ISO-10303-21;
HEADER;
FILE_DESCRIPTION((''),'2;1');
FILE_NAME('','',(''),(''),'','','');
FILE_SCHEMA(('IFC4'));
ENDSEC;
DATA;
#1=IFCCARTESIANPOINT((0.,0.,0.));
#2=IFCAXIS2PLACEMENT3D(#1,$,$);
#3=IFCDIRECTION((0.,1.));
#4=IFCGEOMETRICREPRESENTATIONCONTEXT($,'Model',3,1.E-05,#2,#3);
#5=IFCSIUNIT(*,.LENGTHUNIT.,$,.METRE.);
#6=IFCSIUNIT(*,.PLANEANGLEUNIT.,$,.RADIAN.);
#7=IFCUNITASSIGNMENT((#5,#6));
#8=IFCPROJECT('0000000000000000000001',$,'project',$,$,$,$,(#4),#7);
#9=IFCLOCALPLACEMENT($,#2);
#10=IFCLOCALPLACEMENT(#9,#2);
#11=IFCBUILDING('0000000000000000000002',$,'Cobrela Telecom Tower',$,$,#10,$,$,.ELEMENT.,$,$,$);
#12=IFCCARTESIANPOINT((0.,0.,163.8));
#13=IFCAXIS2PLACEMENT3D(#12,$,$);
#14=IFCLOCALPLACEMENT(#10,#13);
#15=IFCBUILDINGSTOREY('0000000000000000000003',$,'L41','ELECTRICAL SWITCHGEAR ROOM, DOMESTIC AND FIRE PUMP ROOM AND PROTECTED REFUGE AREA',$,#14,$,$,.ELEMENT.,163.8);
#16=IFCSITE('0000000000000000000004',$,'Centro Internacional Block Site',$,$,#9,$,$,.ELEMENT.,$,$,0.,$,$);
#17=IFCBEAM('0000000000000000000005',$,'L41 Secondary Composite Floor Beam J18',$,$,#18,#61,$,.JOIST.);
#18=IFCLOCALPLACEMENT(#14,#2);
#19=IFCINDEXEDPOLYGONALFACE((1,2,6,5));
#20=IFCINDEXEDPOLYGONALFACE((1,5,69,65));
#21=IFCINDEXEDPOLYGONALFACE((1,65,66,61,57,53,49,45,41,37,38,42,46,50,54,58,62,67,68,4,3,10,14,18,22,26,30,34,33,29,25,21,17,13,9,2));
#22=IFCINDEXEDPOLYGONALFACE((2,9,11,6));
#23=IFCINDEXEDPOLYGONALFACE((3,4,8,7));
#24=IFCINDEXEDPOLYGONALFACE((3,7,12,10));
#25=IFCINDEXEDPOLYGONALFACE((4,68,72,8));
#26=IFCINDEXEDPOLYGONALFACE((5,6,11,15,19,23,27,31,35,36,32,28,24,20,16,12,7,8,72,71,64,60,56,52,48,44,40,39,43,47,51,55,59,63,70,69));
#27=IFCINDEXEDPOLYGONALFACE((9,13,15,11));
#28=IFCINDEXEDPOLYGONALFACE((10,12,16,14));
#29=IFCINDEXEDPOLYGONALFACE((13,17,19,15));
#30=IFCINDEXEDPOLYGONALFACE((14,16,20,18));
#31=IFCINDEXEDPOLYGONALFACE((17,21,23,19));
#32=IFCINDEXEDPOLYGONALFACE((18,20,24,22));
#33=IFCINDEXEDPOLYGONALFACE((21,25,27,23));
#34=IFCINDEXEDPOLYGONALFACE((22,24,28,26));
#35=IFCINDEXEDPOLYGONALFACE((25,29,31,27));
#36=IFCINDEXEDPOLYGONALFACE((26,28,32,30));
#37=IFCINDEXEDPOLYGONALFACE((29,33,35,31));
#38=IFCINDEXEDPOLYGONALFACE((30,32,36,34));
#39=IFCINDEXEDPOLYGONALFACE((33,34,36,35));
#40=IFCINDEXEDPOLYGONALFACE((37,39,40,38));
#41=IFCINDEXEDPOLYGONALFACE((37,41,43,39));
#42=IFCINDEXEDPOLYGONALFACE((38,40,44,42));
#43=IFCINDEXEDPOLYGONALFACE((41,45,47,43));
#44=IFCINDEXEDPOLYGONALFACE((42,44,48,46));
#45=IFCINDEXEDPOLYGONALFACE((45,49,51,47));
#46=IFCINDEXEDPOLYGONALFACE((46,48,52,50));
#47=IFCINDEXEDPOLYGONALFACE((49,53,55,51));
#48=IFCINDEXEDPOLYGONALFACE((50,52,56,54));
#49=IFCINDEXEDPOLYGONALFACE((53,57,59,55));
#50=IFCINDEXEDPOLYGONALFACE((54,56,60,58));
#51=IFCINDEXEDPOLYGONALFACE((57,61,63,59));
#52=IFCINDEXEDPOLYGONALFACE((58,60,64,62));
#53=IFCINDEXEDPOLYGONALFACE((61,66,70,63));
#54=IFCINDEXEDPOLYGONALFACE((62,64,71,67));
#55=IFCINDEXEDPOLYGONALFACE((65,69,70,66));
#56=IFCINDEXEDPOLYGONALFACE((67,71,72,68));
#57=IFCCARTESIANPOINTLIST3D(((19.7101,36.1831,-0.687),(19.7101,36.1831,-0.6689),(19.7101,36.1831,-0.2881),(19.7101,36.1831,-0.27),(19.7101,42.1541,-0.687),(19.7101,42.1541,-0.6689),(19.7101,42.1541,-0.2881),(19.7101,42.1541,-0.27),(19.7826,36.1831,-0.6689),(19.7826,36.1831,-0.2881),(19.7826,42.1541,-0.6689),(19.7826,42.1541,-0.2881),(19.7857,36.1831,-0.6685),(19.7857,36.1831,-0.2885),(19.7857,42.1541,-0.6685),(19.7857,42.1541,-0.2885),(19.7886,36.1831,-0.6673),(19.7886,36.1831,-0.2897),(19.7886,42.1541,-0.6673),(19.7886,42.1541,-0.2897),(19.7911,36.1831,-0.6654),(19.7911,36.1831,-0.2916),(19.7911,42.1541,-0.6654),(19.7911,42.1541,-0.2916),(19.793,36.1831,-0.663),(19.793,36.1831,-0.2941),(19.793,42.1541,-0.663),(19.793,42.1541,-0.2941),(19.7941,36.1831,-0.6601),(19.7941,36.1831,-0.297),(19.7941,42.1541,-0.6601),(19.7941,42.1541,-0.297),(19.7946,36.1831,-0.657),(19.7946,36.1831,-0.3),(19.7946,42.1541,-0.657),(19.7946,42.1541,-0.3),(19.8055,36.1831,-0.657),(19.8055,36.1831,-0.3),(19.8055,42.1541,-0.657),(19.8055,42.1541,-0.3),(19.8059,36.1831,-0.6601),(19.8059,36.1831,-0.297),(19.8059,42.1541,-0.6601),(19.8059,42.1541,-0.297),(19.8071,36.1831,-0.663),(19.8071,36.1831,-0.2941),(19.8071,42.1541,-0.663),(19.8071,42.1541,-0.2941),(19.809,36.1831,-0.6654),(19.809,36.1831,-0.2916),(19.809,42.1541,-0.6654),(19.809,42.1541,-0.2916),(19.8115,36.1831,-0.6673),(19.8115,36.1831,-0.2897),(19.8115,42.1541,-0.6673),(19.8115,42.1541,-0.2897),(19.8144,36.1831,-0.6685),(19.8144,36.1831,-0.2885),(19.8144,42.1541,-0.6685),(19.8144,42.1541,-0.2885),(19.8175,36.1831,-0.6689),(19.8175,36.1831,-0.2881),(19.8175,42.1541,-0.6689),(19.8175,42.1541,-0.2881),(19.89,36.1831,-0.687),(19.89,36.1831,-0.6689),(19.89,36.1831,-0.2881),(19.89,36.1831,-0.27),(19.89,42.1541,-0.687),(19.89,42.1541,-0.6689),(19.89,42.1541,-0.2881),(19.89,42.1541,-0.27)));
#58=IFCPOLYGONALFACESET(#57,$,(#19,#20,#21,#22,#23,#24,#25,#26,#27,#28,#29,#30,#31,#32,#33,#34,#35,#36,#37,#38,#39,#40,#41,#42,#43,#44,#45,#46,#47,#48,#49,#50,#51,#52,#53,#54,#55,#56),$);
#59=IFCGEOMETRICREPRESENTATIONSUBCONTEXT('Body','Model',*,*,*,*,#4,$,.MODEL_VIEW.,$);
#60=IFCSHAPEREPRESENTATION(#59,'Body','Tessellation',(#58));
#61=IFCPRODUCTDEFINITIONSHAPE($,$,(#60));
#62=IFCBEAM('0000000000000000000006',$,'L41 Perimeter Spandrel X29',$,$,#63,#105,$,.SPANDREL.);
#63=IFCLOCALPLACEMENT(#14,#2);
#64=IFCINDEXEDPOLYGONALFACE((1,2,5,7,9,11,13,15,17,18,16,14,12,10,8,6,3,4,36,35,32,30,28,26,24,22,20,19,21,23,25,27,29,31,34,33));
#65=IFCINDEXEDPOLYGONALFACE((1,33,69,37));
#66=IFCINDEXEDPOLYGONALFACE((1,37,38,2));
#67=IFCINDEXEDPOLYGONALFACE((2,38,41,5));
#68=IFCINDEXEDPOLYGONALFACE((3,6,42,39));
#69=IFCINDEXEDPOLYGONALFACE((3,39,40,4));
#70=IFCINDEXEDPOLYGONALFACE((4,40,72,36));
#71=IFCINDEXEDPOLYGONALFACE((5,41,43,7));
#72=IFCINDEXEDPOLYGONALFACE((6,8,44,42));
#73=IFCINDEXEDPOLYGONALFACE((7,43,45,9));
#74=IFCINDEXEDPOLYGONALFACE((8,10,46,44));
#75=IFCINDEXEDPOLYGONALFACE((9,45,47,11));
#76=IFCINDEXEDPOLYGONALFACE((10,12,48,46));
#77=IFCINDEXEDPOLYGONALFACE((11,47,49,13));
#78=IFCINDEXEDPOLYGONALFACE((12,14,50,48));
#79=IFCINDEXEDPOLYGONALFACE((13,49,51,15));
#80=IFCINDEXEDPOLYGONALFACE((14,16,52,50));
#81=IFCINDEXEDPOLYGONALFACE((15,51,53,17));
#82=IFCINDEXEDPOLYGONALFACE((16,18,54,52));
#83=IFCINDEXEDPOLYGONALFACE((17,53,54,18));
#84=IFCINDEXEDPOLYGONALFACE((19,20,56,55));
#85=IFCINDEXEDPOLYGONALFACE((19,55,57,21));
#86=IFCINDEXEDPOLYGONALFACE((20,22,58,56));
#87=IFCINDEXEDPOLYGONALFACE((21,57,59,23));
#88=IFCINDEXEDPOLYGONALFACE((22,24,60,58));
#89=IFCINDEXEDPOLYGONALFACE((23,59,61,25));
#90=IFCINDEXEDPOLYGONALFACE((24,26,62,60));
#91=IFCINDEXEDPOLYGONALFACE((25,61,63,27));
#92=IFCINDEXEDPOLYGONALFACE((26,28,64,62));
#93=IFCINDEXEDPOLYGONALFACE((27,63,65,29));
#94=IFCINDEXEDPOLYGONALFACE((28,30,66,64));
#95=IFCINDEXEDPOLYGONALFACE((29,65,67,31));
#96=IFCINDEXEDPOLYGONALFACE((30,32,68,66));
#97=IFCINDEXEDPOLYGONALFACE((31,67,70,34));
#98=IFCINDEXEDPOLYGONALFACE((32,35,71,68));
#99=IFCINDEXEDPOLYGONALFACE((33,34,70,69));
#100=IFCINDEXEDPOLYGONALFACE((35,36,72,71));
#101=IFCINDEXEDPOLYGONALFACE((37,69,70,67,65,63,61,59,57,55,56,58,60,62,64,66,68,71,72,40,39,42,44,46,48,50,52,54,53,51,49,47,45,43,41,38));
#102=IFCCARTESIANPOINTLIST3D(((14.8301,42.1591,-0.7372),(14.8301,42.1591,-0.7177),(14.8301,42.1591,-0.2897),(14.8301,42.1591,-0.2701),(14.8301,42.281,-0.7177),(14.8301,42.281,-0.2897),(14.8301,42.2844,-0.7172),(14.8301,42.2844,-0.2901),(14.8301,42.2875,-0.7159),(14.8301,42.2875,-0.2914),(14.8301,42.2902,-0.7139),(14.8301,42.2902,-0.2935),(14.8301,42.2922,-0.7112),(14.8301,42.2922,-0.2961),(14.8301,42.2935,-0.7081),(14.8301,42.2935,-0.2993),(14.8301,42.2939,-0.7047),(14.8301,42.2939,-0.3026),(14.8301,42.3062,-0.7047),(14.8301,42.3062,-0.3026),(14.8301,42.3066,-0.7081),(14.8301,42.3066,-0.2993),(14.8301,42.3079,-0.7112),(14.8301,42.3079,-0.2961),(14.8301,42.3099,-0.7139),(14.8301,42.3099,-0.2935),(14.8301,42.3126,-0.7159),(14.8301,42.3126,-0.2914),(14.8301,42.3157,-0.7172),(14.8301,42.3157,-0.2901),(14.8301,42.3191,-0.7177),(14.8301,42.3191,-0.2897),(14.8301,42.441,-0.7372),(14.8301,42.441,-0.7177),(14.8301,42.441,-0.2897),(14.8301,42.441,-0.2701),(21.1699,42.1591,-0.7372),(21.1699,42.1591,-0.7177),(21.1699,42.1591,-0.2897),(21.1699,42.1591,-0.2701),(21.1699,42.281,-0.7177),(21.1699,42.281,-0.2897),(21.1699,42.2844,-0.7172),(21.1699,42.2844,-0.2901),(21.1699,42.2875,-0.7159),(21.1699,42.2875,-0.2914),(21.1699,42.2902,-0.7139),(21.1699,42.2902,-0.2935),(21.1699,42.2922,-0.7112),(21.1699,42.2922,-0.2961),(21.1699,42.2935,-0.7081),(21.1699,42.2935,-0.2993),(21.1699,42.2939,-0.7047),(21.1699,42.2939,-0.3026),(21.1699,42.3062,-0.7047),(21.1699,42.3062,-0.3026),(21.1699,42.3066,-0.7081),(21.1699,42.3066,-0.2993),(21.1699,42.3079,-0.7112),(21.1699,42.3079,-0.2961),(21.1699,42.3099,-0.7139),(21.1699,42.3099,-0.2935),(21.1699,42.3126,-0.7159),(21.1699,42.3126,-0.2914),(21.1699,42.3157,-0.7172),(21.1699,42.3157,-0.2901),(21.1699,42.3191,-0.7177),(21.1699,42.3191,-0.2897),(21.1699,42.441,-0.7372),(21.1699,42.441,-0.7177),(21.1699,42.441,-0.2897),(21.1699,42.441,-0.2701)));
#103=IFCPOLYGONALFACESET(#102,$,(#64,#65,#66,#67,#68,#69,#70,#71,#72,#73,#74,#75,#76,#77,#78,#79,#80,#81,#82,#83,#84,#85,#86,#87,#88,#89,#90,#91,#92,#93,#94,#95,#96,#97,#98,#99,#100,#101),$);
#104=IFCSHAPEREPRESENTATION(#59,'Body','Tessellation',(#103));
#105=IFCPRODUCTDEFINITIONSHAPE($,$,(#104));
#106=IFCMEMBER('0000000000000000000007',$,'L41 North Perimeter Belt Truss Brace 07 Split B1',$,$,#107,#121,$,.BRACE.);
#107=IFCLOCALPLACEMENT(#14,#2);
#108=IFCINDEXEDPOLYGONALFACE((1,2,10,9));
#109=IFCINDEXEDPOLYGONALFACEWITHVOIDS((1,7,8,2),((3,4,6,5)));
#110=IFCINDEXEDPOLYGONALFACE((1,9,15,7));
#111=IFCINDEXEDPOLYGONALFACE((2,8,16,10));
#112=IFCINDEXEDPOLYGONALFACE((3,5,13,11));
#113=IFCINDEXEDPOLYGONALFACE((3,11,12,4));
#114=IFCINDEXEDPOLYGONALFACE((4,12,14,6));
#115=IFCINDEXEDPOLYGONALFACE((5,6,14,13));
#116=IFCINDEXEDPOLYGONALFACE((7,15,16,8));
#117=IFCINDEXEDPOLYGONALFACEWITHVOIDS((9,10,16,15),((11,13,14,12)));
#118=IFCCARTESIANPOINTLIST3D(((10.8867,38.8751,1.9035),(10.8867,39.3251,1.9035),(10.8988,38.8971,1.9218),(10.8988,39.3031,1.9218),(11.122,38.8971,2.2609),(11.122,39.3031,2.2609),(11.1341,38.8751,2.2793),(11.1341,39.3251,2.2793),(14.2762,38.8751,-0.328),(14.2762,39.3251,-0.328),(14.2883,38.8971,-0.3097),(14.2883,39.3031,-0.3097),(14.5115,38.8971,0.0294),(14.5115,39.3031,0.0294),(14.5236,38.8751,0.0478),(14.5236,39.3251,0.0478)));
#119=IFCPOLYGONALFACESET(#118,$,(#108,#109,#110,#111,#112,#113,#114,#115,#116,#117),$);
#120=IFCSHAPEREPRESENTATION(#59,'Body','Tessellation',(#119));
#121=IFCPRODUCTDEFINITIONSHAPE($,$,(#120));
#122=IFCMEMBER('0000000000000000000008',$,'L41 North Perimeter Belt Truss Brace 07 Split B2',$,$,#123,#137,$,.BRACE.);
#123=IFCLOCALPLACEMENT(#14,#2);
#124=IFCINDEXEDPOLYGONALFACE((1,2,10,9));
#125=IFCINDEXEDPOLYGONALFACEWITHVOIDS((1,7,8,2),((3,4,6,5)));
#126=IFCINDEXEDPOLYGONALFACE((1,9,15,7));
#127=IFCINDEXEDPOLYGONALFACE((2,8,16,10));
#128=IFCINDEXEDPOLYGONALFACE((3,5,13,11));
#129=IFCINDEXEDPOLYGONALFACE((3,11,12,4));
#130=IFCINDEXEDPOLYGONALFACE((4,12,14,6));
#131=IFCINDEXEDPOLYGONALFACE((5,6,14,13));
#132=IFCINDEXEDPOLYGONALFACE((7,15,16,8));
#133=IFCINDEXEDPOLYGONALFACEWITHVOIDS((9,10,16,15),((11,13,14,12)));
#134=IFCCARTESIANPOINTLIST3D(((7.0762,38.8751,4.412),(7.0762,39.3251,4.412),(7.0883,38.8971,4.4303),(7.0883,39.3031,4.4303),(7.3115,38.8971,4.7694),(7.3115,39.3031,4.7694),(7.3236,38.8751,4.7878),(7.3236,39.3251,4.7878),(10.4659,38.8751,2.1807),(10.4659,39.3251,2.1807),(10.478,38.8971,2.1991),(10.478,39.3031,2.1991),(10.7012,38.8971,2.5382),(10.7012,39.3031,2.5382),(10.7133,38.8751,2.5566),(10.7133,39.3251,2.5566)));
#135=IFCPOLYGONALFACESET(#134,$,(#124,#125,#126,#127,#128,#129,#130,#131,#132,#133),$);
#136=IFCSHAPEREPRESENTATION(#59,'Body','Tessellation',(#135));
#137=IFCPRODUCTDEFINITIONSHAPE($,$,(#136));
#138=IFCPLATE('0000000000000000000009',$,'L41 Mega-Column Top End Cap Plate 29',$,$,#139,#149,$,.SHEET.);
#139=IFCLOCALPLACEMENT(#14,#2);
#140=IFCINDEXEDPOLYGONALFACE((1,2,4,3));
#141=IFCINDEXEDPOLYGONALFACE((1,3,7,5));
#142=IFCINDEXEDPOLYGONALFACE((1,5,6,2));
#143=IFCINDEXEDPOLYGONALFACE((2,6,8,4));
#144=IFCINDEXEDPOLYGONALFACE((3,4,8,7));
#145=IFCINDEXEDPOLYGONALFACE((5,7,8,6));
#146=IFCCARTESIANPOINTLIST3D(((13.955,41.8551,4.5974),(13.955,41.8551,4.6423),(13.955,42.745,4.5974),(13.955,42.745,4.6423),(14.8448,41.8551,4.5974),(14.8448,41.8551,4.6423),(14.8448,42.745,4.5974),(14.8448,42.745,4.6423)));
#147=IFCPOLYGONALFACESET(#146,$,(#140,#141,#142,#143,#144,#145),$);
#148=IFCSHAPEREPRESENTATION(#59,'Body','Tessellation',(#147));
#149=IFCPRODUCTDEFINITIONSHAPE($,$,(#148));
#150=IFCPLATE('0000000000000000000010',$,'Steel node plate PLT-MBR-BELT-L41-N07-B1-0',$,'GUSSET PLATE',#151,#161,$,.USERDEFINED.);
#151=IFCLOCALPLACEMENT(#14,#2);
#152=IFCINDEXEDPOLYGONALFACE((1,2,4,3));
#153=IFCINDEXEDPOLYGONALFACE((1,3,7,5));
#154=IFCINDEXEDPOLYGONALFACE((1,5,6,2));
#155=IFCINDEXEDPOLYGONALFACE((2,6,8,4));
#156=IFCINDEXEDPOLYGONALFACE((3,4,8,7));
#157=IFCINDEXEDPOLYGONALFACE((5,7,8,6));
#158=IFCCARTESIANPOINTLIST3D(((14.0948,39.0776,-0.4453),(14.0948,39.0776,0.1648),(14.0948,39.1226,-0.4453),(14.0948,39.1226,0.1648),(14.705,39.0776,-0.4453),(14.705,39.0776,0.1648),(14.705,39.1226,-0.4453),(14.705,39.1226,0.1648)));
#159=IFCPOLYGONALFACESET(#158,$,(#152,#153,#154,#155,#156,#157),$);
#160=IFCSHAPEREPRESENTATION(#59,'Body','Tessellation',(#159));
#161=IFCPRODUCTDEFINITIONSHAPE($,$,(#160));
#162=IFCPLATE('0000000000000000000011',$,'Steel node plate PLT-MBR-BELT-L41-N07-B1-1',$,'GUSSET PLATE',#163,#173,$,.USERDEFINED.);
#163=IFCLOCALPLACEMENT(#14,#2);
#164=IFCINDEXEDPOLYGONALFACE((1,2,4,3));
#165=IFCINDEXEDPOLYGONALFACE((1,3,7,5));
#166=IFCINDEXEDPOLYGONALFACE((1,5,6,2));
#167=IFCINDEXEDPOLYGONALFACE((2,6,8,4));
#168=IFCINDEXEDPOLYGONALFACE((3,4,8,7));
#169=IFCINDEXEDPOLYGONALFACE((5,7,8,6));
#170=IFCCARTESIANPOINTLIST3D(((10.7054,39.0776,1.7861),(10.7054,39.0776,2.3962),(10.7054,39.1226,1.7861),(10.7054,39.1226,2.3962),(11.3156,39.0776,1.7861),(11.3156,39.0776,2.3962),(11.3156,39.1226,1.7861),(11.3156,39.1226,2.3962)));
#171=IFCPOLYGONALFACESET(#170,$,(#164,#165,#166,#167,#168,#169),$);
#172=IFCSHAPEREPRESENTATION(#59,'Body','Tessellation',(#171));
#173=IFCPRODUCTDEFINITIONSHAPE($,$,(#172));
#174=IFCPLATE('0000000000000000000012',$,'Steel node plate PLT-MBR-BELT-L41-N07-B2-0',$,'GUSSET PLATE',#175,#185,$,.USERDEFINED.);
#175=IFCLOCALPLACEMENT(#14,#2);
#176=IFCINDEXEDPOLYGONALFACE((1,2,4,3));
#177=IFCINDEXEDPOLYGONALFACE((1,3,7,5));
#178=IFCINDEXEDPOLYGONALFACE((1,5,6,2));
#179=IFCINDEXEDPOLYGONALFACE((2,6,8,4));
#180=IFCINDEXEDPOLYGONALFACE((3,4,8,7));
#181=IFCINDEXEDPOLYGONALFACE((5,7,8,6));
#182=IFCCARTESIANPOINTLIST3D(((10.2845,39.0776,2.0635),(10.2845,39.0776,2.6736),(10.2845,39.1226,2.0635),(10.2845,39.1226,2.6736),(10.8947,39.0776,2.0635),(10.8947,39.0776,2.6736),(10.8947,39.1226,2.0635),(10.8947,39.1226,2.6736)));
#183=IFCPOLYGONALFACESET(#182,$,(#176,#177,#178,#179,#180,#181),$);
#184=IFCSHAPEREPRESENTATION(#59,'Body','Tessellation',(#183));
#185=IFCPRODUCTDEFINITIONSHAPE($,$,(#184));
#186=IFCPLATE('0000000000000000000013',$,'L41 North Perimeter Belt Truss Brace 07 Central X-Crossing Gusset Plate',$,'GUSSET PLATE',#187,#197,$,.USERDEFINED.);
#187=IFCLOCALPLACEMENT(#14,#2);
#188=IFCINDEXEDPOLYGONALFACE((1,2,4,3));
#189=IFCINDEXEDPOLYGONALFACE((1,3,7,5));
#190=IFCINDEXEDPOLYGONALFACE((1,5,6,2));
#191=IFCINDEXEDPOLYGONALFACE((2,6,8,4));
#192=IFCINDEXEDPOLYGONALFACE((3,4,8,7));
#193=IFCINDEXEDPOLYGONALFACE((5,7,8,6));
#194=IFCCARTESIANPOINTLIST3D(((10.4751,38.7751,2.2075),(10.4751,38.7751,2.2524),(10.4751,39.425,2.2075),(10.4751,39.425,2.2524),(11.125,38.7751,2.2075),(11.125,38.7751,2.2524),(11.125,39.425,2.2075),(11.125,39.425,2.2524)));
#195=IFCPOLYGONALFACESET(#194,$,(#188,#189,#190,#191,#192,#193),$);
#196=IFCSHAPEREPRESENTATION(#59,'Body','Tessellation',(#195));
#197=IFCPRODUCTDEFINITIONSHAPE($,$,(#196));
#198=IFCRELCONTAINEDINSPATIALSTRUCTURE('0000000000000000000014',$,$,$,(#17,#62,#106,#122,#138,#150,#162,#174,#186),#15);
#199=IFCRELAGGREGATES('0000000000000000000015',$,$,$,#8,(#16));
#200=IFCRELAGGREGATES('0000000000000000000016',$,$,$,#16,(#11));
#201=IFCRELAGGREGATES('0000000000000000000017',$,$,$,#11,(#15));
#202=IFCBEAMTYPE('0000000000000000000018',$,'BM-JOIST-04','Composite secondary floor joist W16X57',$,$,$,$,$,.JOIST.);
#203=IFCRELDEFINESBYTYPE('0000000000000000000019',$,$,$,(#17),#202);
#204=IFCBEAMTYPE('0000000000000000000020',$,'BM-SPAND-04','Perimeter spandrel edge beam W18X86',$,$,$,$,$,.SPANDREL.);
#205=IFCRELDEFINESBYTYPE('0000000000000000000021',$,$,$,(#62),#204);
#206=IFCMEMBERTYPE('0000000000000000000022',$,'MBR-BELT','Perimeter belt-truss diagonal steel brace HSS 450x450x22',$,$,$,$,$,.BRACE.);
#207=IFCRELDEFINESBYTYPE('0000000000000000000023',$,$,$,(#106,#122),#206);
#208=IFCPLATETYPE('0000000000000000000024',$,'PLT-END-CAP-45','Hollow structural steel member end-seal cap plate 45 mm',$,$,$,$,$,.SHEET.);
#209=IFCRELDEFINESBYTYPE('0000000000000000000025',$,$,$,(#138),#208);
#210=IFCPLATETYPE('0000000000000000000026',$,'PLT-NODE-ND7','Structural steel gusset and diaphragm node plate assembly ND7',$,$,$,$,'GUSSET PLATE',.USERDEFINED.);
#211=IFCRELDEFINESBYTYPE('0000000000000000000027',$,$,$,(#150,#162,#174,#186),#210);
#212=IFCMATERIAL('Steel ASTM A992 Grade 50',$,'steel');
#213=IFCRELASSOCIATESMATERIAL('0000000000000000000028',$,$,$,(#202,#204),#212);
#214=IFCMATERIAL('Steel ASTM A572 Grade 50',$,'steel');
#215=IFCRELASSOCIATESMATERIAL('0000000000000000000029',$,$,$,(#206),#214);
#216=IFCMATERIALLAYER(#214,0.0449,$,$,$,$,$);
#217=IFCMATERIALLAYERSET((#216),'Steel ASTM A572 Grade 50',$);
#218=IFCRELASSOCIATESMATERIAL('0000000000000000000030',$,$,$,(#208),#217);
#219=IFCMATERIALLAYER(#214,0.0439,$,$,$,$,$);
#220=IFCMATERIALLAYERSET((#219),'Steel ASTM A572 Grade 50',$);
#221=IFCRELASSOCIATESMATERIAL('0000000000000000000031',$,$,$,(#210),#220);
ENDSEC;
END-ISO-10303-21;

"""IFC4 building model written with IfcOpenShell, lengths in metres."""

from ifc_helpers import new_model, si_unit, direction, frame, origin, origin_2d, place, context, subcontext, project, spatial, rectangle, hollow_rectangle, i_section, extrude, material, layer, layer_set, material_profile, profile_set, type_object, element, save


model = new_model("IFC4")

# Units and contexts
model_context = context("Model", 3, precision=1e-05, world=origin(), true_north=direction((0.0, 1.0)))
body_context = subcontext(model_context, "Body", "Model", "MODEL_VIEW")
ifc_project = project(units=[si_unit("LENGTHUNIT", "METRE"), si_unit("PLANEANGLEUNIT", "RADIAN")], contexts=[model_context])

# Site, building, storey
site_placement = place(None, origin())
site = spatial("IfcSite", under=ifc_project, at=site_placement, Name="Centro Internacional Block Site", CompositionType="ELEMENT", RefElevation=0.0)
building_placement = place(site_placement, origin())
building = spatial("IfcBuilding", under=site, at=building_placement, Name="Cobrela Telecom Tower", CompositionType="ELEMENT")
storey_placement = place(building_placement, frame((0.0, 0.0, 163.8)))
storey = spatial("IfcBuildingStorey", under=building, at=storey_placement, Name="L41", Description="ELECTRICAL SWITCHGEAR ROOM, DOMESTIC AND FIRE PUMP ROOM AND PROTECTED REFUGE AREA", CompositionType="ELEMENT", Elevation=163.8)

# Shared definitions
ifc_material_1 = material(Name="Steel ASTM A572 Grade 50", Category="steel")

# Beams
ifc_material_2 = material(Name="Steel ASTM A992 Grade 50", Category="steel")
ifc_material_profile_1 = material_profile(ifc_material_2, i_section(OverallWidth=0.1799, OverallDepth=0.417, WebThickness=0.011, FlangeThickness=0.0181, FilletRadius=0.012, at=origin_2d()), Name="W16X57")
ifc_profile_set_1 = profile_set([ifc_material_profile_1], Name="Steel ASTM A992 Grade 50")
beam_type_1 = type_object("IfcBeamType", Name="BM-JOIST-04", Description="Composite secondary floor joist W16X57", PredefinedType="JOIST", material=ifc_profile_set_1)
for number, where, z_axis, x_axis, name in (
    (1, (19.8, 36.1831, -0.4785), (0.0, 1.0, 0.0), (-1.0, 0.0, 0.0), "L41 Secondary Composite Floor Beam J18"),
):
    element("IfcBeam", number, at=place(storey_placement, frame(where, z_axis=z_axis, x_axis=x_axis)), inside=storey, type_object=beam_type_1, Name=name, PredefinedType="JOIST", context=body_context, shape_type="SweptSolid", body=[
        extrude(i_section(OverallWidth=0.1799, OverallDepth=0.417, WebThickness=0.011, FlangeThickness=0.0181, FilletRadius=0.012, at=origin_2d()), origin(), (0.0, 0.0, 1.0), 5.9709),
    ])
ifc_material_profile_2 = material_profile(ifc_material_2, i_section(OverallWidth=0.282, OverallDepth=0.467, WebThickness=0.0122, FlangeThickness=0.0195, FilletRadius=0.0129, at=origin_2d()), Name="W18X86")
ifc_profile_set_2 = profile_set([ifc_material_profile_2], Name="Steel ASTM A992 Grade 50")
beam_type_2 = type_object("IfcBeamType", Name="BM-SPAND-04", Description="Perimeter spandrel edge beam W18X86", PredefinedType="SPANDREL", material=ifc_profile_set_2)
beam_1_placement = place(storey_placement, frame((14.8301, 42.3, -0.5037), z_axis=(1.0, 0.0, 0.0), x_axis=(0.0, 1.0, 0.0)))
element("IfcBeam", 2, at=beam_1_placement, inside=storey, type_object=beam_type_2, Name="L41 Perimeter Spandrel X29", PredefinedType="SPANDREL", context=body_context, shape_type="SweptSolid", body=[
    extrude(i_section(OverallWidth=0.282, OverallDepth=0.467, WebThickness=0.0122, FlangeThickness=0.0195, FilletRadius=0.0129, at=origin_2d()), origin(), (0.0, 0.0, 1.0), 6.3398),
])

# Members
ifc_material_profile_3 = material_profile(ifc_material_1, hollow_rectangle(XDim=0.45, YDim=0.45, WallThickness=0.022, at=origin_2d()), Name="HSS 450x450x22")
ifc_profile_set_3 = profile_set([ifc_material_profile_3], Name="Steel ASTM A572 Grade 50")
member_type = type_object("IfcMemberType", Name="MBR-BELT", Description="Perimeter belt-truss diagonal steel brace HSS 450x450x22", PredefinedType="BRACE", material=ifc_profile_set_3)
for number, where, z_axis, x_axis, name in (
    (3, (14.3999, 39.1001, -0.1401), (-0.835239, 0.0, 0.549887), (0.0, -1.0, 0.0), "L41 North Perimeter Belt Truss Brace 07 Split B1"),
    (4, (10.5896, 39.1001, 2.3687), (-0.835285, 0.0, 0.549818), (0.0, -1.0, 0.0), "L41 North Perimeter Belt Truss Brace 07 Split B2"),
):
    element("IfcMember", number, at=place(storey_placement, frame(where, z_axis=z_axis, x_axis=x_axis)), inside=storey, type_object=member_type, Name=name, PredefinedType="BRACE", context=body_context, shape_type="SweptSolid", body=[
        extrude(hollow_rectangle(XDim=0.45, YDim=0.45, WallThickness=0.022, at=origin_2d()), origin(), (0.0, 0.0, 1.0), 4.0581),
    ])

# Plates
ifc_layer_1 = layer(ifc_material_1, 0.0449)
ifc_layer_set_1 = layer_set([ifc_layer_1], Name="Steel ASTM A572 Grade 50")
plate_type_1 = type_object("IfcPlateType", Name="PLT-END-CAP-45", Description="Hollow structural steel member end-seal cap plate 45 mm", PredefinedType="SHEET", material=ifc_layer_set_1)
plate_1_placement = place(storey_placement, frame((14.3999, 42.3, 4.5974), z_axis=(0.0, 0.0, 1.0), x_axis=(1.0, 0.0, 0.0)))
element("IfcPlate", 5, at=plate_1_placement, inside=storey, type_object=plate_type_1, Name="L41 Mega-Column Top End Cap Plate 29", PredefinedType="SHEET", context=body_context, shape_type="SweptSolid", body=[
    extrude(rectangle(XDim=0.8899, YDim=0.8899, at=origin_2d()), origin(), (0.0, 0.0, 1.0), 0.0449),
])
ifc_layer_2 = layer(ifc_material_1, 0.0439)
ifc_layer_set_2 = layer_set([ifc_layer_2], Name="Steel ASTM A572 Grade 50")
plate_type_2 = type_object("IfcPlateType", Name="PLT-NODE-ND7", Description="Structural steel gusset and diaphragm node plate assembly ND7", ElementType="GUSSET PLATE", PredefinedType="USERDEFINED", material=ifc_layer_set_2)
for number, where, z_axis, x_axis, name in (
    (6, (14.3999, 39.1001, -0.4453), (0.0, 0.0, 1.0), (-1.0, 0.0, 0.0), "Steel node plate PLT-MBR-BELT-L41-N07-B1-0"),
    (7, (11.0105, 39.1001, 1.7861), (0.0, 0.0, 1.0), (-1.0, 0.0, 0.0), "Steel node plate PLT-MBR-BELT-L41-N07-B1-1"),
    (8, (10.5896, 39.1001, 2.0635), (0.0, 0.0, 1.0), (-1.0, 0.0, 0.0), "Steel node plate PLT-MBR-BELT-L41-N07-B2-0"),
):
    element("IfcPlate", number, at=place(storey_placement, frame(where, z_axis=z_axis, x_axis=x_axis)), inside=storey, type_object=plate_type_2, Name=name, ObjectType="GUSSET PLATE", PredefinedType="USERDEFINED", context=body_context, shape_type="SweptSolid", body=[
        extrude(rectangle(XDim=0.6101, YDim=0.0449, at=origin_2d()), origin(), (0.0, 0.0, 1.0), 0.6101),
    ])
plate_2_placement = place(storey_placement, frame((10.8, 39.1001, 2.2075), z_axis=(0.0, 0.0, 1.0), x_axis=(1.0, 0.0, 0.0)))
element("IfcPlate", 9, at=plate_2_placement, inside=storey, type_object=plate_type_2, Name="L41 North Perimeter Belt Truss Brace 07 Central X-Crossing Gusset Plate", ObjectType="GUSSET PLATE", PredefinedType="USERDEFINED", context=body_context, shape_type="SweptSolid", body=[
    extrude(rectangle(XDim=0.6499, YDim=0.6499, at=origin_2d()), origin(), (0.0, 0.0, 1.0), 0.0449),
])

save(model, "model.ifc")
